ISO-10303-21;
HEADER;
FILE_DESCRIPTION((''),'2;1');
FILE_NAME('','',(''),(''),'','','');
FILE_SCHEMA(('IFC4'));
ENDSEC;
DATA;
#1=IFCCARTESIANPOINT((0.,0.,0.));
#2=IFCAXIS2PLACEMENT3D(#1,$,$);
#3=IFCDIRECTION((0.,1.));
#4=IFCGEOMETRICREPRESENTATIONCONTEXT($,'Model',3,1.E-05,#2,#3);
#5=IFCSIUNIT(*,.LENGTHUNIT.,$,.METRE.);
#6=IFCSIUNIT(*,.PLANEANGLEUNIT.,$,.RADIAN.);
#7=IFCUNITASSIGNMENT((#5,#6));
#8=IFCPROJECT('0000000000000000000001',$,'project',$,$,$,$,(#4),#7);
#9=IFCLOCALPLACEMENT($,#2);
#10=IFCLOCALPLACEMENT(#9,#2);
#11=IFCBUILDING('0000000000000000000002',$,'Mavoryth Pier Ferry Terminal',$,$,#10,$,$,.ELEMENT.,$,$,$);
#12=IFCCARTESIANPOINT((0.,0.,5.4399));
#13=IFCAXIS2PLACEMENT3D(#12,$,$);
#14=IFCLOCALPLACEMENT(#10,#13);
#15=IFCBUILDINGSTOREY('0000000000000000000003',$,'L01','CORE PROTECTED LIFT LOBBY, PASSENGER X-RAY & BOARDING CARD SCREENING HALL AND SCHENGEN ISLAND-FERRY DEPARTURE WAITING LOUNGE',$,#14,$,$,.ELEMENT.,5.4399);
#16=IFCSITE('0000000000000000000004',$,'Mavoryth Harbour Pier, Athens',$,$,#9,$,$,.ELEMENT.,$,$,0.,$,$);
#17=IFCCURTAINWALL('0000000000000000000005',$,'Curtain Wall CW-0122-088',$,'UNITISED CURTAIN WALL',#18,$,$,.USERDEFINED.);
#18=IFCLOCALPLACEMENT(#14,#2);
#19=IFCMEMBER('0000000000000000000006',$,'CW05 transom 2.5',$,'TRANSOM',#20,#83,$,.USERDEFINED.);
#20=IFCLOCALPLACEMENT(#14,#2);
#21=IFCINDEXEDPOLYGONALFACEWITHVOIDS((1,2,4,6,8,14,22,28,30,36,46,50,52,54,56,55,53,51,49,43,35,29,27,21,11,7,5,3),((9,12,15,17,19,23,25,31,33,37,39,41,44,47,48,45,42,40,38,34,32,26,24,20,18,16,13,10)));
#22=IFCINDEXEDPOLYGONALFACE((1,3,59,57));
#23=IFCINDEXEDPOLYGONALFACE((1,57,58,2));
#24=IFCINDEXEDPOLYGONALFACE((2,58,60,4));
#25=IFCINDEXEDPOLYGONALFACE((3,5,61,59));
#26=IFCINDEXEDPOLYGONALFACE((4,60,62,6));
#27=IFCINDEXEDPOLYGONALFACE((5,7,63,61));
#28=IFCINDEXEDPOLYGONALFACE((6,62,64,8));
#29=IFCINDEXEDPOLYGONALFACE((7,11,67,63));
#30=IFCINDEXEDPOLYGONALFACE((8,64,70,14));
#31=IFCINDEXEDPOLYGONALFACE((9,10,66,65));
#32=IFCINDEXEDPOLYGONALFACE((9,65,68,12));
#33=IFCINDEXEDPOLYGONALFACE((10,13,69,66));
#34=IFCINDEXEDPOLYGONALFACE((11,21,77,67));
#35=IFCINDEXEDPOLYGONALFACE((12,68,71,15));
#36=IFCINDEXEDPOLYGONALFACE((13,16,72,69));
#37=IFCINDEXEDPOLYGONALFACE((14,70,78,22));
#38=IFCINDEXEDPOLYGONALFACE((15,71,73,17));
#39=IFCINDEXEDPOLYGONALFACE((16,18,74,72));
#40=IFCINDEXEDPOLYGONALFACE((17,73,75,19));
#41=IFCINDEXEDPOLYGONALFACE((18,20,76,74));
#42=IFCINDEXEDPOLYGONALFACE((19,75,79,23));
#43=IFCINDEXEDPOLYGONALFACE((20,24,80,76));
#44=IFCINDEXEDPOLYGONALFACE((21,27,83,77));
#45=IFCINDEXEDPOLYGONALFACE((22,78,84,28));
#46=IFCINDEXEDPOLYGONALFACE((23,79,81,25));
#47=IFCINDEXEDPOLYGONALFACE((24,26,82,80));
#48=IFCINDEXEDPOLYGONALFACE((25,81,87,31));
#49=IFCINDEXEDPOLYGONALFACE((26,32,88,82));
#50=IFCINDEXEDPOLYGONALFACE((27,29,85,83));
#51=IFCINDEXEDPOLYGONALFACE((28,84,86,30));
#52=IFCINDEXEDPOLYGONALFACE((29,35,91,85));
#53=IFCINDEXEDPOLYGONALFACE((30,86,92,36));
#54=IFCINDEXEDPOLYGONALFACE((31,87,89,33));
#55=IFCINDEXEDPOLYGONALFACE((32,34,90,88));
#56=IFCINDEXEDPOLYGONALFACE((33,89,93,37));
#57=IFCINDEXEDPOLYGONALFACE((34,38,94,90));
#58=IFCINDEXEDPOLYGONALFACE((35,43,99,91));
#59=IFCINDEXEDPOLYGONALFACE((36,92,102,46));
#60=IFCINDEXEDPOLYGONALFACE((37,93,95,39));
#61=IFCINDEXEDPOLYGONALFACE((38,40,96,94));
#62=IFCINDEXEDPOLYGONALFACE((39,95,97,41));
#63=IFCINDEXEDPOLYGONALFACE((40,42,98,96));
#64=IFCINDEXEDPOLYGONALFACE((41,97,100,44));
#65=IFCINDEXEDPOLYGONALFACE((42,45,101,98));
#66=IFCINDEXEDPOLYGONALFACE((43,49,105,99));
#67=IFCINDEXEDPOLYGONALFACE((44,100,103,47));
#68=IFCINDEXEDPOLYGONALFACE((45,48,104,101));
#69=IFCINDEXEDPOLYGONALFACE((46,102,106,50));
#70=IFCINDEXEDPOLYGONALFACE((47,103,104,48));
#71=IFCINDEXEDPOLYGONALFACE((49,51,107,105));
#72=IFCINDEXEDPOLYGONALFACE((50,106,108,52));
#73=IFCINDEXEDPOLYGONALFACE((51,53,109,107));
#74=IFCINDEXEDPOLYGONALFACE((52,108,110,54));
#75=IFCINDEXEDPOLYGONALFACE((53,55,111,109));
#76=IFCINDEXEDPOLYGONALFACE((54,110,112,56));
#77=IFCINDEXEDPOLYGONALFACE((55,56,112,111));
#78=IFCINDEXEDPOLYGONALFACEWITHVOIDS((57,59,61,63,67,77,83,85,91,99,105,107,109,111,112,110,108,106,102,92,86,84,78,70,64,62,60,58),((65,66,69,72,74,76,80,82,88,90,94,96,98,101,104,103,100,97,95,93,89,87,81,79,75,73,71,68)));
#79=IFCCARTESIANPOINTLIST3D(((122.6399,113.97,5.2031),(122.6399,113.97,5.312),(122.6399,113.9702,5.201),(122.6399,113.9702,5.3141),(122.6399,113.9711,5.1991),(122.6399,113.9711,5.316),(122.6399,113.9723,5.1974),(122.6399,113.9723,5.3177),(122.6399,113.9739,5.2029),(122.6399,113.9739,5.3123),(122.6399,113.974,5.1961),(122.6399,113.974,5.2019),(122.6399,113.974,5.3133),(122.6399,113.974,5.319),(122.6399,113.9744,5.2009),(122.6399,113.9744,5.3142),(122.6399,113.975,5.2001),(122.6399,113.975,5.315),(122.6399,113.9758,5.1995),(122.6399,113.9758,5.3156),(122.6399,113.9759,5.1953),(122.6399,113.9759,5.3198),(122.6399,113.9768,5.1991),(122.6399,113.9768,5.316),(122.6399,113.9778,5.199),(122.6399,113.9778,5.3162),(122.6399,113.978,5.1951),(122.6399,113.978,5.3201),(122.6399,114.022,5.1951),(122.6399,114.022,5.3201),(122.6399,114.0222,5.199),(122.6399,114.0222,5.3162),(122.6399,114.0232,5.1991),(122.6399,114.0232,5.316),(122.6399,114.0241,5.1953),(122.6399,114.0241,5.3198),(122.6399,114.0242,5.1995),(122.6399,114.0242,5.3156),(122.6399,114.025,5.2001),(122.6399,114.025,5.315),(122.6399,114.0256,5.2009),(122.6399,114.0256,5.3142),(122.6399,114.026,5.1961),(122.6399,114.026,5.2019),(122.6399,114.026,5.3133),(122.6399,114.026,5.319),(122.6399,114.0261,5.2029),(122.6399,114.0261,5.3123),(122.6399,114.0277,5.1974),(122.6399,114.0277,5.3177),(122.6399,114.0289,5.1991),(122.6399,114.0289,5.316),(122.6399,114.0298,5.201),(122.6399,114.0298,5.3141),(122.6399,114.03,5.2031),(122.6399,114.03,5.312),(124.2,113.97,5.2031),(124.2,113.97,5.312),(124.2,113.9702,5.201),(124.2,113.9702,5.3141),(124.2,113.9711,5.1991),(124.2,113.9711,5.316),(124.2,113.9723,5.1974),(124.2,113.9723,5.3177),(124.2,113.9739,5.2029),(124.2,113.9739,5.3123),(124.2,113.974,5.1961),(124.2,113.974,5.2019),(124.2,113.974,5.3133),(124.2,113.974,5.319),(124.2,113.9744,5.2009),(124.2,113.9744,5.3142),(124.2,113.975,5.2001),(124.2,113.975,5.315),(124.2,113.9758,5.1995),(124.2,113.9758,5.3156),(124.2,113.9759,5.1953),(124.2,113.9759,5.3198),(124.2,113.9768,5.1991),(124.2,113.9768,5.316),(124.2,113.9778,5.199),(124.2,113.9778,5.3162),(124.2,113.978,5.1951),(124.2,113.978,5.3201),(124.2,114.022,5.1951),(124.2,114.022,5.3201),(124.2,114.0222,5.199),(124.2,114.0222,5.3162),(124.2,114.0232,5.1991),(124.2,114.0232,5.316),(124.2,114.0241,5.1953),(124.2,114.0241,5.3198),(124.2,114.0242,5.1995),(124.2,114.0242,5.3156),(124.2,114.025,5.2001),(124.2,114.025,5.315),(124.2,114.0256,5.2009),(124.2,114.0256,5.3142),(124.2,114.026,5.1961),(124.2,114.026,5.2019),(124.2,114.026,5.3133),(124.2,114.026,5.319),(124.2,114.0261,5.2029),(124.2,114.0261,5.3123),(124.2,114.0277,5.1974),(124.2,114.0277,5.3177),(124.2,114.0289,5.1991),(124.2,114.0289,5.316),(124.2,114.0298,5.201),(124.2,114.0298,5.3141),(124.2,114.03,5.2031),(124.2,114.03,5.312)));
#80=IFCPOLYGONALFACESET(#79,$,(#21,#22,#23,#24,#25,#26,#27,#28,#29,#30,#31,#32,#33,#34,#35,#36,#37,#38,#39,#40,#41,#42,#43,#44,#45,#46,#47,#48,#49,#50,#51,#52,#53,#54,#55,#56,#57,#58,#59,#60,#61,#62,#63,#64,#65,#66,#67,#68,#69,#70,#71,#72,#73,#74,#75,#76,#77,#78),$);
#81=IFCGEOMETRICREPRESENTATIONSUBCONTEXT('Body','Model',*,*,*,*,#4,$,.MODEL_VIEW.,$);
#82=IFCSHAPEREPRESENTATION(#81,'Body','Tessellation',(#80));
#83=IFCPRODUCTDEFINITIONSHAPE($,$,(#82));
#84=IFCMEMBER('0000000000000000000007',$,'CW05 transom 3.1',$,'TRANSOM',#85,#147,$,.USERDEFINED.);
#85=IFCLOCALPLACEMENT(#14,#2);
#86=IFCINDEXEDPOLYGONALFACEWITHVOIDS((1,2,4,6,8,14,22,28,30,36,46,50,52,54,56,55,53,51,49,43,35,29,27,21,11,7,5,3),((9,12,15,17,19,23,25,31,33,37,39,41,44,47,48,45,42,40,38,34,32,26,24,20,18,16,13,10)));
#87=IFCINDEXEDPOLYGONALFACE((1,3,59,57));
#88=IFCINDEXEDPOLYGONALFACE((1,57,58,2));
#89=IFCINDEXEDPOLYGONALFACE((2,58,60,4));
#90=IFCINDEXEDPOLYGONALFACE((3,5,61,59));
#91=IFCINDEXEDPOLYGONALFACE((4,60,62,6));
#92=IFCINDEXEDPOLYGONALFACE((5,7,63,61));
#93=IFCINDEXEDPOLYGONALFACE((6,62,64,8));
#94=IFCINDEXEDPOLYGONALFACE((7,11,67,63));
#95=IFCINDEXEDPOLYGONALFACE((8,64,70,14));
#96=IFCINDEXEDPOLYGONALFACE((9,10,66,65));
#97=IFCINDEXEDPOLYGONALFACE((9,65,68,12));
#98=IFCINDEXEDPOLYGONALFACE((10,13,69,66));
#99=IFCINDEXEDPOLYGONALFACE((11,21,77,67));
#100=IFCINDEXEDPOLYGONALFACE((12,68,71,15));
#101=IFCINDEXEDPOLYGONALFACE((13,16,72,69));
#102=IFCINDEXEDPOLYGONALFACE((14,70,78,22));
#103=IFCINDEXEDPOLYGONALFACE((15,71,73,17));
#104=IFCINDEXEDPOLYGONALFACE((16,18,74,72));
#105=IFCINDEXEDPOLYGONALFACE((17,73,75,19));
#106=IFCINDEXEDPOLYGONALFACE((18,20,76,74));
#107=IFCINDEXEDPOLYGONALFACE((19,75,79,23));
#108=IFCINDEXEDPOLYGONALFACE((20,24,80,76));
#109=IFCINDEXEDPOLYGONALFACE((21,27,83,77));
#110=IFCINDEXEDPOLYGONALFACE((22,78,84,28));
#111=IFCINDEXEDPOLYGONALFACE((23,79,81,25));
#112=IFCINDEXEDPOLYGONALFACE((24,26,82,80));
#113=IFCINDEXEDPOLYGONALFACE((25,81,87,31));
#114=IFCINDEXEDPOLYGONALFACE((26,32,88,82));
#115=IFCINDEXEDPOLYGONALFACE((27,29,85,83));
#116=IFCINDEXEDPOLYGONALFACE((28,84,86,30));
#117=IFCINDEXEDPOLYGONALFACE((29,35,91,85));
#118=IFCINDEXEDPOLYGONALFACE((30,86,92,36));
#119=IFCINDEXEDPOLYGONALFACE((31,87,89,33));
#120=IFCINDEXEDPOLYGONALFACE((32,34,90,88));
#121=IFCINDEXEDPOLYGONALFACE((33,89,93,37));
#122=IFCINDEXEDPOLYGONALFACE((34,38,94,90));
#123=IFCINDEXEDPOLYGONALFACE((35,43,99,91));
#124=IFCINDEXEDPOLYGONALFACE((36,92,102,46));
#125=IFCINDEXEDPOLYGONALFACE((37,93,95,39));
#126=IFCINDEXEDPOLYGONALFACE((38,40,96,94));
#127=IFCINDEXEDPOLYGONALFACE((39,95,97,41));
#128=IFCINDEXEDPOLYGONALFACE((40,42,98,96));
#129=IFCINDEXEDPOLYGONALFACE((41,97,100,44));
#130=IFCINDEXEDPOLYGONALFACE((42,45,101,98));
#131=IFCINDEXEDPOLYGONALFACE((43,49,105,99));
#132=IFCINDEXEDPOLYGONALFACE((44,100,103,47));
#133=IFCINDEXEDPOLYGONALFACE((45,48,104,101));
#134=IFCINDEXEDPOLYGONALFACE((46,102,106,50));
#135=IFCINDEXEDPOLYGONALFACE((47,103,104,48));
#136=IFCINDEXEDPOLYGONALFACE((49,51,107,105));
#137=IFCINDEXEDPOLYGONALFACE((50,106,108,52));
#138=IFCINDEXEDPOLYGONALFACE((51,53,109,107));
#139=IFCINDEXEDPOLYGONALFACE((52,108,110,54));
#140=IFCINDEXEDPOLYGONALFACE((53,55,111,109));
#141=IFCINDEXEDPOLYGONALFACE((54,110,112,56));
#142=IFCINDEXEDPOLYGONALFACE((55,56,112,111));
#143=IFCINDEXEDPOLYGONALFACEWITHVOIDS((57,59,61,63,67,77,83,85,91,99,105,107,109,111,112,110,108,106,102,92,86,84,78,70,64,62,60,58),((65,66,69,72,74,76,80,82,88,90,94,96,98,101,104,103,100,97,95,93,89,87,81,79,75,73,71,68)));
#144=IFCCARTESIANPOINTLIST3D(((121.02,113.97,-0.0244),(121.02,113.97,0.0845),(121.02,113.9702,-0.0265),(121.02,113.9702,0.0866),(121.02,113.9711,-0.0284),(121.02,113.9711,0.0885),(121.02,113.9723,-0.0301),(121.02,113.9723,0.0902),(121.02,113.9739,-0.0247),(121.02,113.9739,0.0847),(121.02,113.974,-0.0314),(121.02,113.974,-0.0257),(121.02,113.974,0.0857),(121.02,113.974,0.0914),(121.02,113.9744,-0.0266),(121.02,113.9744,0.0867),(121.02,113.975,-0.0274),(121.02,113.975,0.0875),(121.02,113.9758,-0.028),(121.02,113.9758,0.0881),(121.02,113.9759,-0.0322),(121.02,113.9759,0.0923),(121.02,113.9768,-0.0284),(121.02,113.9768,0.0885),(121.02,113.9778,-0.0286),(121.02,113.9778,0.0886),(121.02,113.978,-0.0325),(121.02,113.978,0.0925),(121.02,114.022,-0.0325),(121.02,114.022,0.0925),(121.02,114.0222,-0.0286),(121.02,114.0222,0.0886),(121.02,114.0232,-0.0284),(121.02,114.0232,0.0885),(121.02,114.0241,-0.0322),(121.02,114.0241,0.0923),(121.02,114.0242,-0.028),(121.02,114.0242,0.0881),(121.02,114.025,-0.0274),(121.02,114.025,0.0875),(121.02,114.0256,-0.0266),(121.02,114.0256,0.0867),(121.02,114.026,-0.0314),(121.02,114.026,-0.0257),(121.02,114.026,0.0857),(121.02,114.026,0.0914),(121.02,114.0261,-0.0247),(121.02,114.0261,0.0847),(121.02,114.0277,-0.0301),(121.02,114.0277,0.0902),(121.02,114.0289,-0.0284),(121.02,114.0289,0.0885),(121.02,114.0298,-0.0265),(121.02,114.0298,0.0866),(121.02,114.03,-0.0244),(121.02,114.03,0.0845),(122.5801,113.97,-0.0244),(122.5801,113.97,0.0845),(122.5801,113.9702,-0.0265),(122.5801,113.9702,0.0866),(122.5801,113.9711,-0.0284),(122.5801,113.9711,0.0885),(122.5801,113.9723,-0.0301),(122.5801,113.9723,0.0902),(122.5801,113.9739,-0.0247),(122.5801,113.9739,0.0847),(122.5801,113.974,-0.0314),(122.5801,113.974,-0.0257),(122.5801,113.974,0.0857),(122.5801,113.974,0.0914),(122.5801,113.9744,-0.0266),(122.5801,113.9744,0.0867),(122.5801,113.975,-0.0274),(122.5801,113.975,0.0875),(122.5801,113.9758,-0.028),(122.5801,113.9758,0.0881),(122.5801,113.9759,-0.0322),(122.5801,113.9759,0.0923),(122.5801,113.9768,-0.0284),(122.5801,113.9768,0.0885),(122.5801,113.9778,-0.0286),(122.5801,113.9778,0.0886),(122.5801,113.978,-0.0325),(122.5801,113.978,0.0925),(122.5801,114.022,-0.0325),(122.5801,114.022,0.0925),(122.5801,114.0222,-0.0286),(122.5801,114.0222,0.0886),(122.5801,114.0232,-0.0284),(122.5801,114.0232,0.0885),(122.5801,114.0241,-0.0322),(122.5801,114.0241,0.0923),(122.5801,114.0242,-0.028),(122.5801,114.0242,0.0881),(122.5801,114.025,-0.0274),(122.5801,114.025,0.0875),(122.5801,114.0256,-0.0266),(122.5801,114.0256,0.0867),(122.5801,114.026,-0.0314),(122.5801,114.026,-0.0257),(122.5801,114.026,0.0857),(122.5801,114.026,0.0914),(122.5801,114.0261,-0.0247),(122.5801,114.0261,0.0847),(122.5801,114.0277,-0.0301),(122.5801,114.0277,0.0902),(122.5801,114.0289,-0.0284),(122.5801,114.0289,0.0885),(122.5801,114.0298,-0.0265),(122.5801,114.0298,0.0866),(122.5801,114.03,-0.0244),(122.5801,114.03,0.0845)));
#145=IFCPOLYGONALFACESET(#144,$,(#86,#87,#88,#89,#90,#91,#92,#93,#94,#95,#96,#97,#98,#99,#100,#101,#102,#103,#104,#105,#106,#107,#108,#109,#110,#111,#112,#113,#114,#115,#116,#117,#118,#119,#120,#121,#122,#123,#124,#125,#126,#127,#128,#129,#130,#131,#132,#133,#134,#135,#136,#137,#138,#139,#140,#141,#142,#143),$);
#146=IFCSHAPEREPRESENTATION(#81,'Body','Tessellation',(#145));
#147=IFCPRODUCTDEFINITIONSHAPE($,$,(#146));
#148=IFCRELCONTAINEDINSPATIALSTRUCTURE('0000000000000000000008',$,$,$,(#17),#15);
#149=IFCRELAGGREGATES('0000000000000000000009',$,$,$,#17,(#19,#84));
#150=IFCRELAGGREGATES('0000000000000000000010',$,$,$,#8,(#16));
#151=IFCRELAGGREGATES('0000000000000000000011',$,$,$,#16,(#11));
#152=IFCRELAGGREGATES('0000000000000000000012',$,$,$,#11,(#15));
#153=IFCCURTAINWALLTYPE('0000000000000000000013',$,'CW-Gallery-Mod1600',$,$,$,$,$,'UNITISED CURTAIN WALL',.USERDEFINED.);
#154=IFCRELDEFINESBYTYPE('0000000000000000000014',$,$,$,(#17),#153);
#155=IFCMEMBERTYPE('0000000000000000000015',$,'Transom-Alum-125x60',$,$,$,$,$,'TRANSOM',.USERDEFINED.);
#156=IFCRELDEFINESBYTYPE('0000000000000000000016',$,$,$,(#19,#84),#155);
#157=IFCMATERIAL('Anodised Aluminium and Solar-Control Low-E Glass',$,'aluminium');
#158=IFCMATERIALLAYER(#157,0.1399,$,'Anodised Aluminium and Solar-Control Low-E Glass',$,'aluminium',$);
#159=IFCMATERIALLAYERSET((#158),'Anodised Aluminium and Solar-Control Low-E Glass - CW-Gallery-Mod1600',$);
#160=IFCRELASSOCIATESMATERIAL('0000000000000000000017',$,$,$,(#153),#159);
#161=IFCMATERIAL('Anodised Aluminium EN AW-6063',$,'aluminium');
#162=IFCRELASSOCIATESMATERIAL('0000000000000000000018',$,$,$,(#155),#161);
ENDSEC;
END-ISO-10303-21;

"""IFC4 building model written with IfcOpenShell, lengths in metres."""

from ifc_helpers import new_model, si_unit, direction, frame, origin, origin_2d, place, context, subcontext, project, spatial, hollow_rectangle, extrude, material, layer, layer_set, material_profile, profile_set, type_object, element, aggregate, save


model = new_model("IFC4")

# Units and contexts
model_context = context("Model", 3, precision=1e-05, world=origin(), true_north=direction((0.0, 1.0)))
body_context = subcontext(model_context, "Body", "Model", "MODEL_VIEW")
ifc_project = project(units=[si_unit("LENGTHUNIT", "METRE"), si_unit("PLANEANGLEUNIT", "RADIAN")], contexts=[model_context])

# Site, building, storey
site_placement = place(None, origin())
site = spatial("IfcSite", under=ifc_project, at=site_placement, Name="Mavoryth Harbour Pier, Athens", CompositionType="ELEMENT", RefElevation=0.0)
building_placement = place(site_placement, origin())
building = spatial("IfcBuilding", under=site, at=building_placement, Name="Mavoryth Pier Ferry Terminal", CompositionType="ELEMENT")
storey_placement = place(building_placement, frame((0.0, 0.0, 5.4399)))
storey = spatial("IfcBuildingStorey", under=building, at=storey_placement, Name="L01", Description="CORE PROTECTED LIFT LOBBY, PASSENGER X-RAY & BOARDING CARD SCREENING HALL AND SCHENGEN ISLAND-FERRY DEPARTURE WAITING LOUNGE", CompositionType="ELEMENT", Elevation=5.4399)

# Curtain wall, members
ifc_material_1 = material(Name="Anodised Aluminium and Solar-Control Low-E Glass", Category="aluminium")
ifc_layer_1 = layer(ifc_material_1, 0.1399, Name="Anodised Aluminium and Solar-Control Low-E Glass", Category="aluminium")
ifc_layer_set_1 = layer_set([ifc_layer_1], Name="Anodised Aluminium and Solar-Control Low-E Glass - CW-Gallery-Mod1600")
curtain_wall_type = type_object("IfcCurtainWallType", Name="CW-Gallery-Mod1600", ElementType="UNITISED CURTAIN WALL", PredefinedType="USERDEFINED", material=ifc_layer_set_1)
curtain_wall_placement = place(storey_placement, origin())
curtain_wall = element("IfcCurtainWall", 1, at=curtain_wall_placement, inside=storey, type_object=curtain_wall_type, Name="Curtain Wall CW-0122-088", ObjectType="UNITISED CURTAIN WALL", PredefinedType="USERDEFINED")
ifc_material_2 = material(Name="Anodised Aluminium EN AW-6063", Category="aluminium")
ifc_material_profile_1 = material_profile(ifc_material_2, hollow_rectangle(XDim=0.0601, YDim=0.125, WallThickness=0.0039, InnerFilletRadius=0.0039, OuterFilletRadius=0.0081, at=origin_2d()), Name="AL-TRAN 125x60x4", Category="aluminium")
ifc_profile_set_1 = profile_set([ifc_material_profile_1], Name="Anodised Aluminium EN AW-6063 - AL-TRAN 125x60x4")
member_type_1 = type_object("IfcMemberType", Name="Transom-Alum-125x60", ElementType="TRANSOM", PredefinedType="USERDEFINED", material=ifc_profile_set_1)
member_1_placement = place(storey_placement, frame((124.2, 114.0, 5.2576), z_axis=(-1.0, 0.0, 0.0), x_axis=(0.0, -1.0, 0.0)))
member_1 = element("IfcMember", 2, at=member_1_placement, type_object=member_type_1, Name="CW05 transom 2.5", ObjectType="TRANSOM", PredefinedType="USERDEFINED", context=body_context, shape_type="SweptSolid", body=[
    extrude(hollow_rectangle(XDim=0.0601, YDim=0.125, WallThickness=0.0039, InnerFilletRadius=0.0039, OuterFilletRadius=0.0081, at=origin_2d()), origin(), (0.0, 0.0, 1.0), 1.5601),
])
member_2_placement = place(storey_placement, frame((122.5801, 114.0, 0.03), z_axis=(-1.0, 0.0, 0.0), x_axis=(0.0, -1.0, 0.0)))
member_2 = element("IfcMember", 3, at=member_2_placement, type_object=member_type_1, Name="CW05 transom 3.1", ObjectType="TRANSOM", PredefinedType="USERDEFINED", context=body_context, shape_type="SweptSolid", body=[
    extrude(hollow_rectangle(XDim=0.0601, YDim=0.125, WallThickness=0.0039, InnerFilletRadius=0.0039, OuterFilletRadius=0.0081, at=origin_2d()), origin(), (0.0, 0.0, 1.0), 1.5601),
])
aggregate(curtain_wall, [member_1, member_2])

save(model, "model.ifc")
